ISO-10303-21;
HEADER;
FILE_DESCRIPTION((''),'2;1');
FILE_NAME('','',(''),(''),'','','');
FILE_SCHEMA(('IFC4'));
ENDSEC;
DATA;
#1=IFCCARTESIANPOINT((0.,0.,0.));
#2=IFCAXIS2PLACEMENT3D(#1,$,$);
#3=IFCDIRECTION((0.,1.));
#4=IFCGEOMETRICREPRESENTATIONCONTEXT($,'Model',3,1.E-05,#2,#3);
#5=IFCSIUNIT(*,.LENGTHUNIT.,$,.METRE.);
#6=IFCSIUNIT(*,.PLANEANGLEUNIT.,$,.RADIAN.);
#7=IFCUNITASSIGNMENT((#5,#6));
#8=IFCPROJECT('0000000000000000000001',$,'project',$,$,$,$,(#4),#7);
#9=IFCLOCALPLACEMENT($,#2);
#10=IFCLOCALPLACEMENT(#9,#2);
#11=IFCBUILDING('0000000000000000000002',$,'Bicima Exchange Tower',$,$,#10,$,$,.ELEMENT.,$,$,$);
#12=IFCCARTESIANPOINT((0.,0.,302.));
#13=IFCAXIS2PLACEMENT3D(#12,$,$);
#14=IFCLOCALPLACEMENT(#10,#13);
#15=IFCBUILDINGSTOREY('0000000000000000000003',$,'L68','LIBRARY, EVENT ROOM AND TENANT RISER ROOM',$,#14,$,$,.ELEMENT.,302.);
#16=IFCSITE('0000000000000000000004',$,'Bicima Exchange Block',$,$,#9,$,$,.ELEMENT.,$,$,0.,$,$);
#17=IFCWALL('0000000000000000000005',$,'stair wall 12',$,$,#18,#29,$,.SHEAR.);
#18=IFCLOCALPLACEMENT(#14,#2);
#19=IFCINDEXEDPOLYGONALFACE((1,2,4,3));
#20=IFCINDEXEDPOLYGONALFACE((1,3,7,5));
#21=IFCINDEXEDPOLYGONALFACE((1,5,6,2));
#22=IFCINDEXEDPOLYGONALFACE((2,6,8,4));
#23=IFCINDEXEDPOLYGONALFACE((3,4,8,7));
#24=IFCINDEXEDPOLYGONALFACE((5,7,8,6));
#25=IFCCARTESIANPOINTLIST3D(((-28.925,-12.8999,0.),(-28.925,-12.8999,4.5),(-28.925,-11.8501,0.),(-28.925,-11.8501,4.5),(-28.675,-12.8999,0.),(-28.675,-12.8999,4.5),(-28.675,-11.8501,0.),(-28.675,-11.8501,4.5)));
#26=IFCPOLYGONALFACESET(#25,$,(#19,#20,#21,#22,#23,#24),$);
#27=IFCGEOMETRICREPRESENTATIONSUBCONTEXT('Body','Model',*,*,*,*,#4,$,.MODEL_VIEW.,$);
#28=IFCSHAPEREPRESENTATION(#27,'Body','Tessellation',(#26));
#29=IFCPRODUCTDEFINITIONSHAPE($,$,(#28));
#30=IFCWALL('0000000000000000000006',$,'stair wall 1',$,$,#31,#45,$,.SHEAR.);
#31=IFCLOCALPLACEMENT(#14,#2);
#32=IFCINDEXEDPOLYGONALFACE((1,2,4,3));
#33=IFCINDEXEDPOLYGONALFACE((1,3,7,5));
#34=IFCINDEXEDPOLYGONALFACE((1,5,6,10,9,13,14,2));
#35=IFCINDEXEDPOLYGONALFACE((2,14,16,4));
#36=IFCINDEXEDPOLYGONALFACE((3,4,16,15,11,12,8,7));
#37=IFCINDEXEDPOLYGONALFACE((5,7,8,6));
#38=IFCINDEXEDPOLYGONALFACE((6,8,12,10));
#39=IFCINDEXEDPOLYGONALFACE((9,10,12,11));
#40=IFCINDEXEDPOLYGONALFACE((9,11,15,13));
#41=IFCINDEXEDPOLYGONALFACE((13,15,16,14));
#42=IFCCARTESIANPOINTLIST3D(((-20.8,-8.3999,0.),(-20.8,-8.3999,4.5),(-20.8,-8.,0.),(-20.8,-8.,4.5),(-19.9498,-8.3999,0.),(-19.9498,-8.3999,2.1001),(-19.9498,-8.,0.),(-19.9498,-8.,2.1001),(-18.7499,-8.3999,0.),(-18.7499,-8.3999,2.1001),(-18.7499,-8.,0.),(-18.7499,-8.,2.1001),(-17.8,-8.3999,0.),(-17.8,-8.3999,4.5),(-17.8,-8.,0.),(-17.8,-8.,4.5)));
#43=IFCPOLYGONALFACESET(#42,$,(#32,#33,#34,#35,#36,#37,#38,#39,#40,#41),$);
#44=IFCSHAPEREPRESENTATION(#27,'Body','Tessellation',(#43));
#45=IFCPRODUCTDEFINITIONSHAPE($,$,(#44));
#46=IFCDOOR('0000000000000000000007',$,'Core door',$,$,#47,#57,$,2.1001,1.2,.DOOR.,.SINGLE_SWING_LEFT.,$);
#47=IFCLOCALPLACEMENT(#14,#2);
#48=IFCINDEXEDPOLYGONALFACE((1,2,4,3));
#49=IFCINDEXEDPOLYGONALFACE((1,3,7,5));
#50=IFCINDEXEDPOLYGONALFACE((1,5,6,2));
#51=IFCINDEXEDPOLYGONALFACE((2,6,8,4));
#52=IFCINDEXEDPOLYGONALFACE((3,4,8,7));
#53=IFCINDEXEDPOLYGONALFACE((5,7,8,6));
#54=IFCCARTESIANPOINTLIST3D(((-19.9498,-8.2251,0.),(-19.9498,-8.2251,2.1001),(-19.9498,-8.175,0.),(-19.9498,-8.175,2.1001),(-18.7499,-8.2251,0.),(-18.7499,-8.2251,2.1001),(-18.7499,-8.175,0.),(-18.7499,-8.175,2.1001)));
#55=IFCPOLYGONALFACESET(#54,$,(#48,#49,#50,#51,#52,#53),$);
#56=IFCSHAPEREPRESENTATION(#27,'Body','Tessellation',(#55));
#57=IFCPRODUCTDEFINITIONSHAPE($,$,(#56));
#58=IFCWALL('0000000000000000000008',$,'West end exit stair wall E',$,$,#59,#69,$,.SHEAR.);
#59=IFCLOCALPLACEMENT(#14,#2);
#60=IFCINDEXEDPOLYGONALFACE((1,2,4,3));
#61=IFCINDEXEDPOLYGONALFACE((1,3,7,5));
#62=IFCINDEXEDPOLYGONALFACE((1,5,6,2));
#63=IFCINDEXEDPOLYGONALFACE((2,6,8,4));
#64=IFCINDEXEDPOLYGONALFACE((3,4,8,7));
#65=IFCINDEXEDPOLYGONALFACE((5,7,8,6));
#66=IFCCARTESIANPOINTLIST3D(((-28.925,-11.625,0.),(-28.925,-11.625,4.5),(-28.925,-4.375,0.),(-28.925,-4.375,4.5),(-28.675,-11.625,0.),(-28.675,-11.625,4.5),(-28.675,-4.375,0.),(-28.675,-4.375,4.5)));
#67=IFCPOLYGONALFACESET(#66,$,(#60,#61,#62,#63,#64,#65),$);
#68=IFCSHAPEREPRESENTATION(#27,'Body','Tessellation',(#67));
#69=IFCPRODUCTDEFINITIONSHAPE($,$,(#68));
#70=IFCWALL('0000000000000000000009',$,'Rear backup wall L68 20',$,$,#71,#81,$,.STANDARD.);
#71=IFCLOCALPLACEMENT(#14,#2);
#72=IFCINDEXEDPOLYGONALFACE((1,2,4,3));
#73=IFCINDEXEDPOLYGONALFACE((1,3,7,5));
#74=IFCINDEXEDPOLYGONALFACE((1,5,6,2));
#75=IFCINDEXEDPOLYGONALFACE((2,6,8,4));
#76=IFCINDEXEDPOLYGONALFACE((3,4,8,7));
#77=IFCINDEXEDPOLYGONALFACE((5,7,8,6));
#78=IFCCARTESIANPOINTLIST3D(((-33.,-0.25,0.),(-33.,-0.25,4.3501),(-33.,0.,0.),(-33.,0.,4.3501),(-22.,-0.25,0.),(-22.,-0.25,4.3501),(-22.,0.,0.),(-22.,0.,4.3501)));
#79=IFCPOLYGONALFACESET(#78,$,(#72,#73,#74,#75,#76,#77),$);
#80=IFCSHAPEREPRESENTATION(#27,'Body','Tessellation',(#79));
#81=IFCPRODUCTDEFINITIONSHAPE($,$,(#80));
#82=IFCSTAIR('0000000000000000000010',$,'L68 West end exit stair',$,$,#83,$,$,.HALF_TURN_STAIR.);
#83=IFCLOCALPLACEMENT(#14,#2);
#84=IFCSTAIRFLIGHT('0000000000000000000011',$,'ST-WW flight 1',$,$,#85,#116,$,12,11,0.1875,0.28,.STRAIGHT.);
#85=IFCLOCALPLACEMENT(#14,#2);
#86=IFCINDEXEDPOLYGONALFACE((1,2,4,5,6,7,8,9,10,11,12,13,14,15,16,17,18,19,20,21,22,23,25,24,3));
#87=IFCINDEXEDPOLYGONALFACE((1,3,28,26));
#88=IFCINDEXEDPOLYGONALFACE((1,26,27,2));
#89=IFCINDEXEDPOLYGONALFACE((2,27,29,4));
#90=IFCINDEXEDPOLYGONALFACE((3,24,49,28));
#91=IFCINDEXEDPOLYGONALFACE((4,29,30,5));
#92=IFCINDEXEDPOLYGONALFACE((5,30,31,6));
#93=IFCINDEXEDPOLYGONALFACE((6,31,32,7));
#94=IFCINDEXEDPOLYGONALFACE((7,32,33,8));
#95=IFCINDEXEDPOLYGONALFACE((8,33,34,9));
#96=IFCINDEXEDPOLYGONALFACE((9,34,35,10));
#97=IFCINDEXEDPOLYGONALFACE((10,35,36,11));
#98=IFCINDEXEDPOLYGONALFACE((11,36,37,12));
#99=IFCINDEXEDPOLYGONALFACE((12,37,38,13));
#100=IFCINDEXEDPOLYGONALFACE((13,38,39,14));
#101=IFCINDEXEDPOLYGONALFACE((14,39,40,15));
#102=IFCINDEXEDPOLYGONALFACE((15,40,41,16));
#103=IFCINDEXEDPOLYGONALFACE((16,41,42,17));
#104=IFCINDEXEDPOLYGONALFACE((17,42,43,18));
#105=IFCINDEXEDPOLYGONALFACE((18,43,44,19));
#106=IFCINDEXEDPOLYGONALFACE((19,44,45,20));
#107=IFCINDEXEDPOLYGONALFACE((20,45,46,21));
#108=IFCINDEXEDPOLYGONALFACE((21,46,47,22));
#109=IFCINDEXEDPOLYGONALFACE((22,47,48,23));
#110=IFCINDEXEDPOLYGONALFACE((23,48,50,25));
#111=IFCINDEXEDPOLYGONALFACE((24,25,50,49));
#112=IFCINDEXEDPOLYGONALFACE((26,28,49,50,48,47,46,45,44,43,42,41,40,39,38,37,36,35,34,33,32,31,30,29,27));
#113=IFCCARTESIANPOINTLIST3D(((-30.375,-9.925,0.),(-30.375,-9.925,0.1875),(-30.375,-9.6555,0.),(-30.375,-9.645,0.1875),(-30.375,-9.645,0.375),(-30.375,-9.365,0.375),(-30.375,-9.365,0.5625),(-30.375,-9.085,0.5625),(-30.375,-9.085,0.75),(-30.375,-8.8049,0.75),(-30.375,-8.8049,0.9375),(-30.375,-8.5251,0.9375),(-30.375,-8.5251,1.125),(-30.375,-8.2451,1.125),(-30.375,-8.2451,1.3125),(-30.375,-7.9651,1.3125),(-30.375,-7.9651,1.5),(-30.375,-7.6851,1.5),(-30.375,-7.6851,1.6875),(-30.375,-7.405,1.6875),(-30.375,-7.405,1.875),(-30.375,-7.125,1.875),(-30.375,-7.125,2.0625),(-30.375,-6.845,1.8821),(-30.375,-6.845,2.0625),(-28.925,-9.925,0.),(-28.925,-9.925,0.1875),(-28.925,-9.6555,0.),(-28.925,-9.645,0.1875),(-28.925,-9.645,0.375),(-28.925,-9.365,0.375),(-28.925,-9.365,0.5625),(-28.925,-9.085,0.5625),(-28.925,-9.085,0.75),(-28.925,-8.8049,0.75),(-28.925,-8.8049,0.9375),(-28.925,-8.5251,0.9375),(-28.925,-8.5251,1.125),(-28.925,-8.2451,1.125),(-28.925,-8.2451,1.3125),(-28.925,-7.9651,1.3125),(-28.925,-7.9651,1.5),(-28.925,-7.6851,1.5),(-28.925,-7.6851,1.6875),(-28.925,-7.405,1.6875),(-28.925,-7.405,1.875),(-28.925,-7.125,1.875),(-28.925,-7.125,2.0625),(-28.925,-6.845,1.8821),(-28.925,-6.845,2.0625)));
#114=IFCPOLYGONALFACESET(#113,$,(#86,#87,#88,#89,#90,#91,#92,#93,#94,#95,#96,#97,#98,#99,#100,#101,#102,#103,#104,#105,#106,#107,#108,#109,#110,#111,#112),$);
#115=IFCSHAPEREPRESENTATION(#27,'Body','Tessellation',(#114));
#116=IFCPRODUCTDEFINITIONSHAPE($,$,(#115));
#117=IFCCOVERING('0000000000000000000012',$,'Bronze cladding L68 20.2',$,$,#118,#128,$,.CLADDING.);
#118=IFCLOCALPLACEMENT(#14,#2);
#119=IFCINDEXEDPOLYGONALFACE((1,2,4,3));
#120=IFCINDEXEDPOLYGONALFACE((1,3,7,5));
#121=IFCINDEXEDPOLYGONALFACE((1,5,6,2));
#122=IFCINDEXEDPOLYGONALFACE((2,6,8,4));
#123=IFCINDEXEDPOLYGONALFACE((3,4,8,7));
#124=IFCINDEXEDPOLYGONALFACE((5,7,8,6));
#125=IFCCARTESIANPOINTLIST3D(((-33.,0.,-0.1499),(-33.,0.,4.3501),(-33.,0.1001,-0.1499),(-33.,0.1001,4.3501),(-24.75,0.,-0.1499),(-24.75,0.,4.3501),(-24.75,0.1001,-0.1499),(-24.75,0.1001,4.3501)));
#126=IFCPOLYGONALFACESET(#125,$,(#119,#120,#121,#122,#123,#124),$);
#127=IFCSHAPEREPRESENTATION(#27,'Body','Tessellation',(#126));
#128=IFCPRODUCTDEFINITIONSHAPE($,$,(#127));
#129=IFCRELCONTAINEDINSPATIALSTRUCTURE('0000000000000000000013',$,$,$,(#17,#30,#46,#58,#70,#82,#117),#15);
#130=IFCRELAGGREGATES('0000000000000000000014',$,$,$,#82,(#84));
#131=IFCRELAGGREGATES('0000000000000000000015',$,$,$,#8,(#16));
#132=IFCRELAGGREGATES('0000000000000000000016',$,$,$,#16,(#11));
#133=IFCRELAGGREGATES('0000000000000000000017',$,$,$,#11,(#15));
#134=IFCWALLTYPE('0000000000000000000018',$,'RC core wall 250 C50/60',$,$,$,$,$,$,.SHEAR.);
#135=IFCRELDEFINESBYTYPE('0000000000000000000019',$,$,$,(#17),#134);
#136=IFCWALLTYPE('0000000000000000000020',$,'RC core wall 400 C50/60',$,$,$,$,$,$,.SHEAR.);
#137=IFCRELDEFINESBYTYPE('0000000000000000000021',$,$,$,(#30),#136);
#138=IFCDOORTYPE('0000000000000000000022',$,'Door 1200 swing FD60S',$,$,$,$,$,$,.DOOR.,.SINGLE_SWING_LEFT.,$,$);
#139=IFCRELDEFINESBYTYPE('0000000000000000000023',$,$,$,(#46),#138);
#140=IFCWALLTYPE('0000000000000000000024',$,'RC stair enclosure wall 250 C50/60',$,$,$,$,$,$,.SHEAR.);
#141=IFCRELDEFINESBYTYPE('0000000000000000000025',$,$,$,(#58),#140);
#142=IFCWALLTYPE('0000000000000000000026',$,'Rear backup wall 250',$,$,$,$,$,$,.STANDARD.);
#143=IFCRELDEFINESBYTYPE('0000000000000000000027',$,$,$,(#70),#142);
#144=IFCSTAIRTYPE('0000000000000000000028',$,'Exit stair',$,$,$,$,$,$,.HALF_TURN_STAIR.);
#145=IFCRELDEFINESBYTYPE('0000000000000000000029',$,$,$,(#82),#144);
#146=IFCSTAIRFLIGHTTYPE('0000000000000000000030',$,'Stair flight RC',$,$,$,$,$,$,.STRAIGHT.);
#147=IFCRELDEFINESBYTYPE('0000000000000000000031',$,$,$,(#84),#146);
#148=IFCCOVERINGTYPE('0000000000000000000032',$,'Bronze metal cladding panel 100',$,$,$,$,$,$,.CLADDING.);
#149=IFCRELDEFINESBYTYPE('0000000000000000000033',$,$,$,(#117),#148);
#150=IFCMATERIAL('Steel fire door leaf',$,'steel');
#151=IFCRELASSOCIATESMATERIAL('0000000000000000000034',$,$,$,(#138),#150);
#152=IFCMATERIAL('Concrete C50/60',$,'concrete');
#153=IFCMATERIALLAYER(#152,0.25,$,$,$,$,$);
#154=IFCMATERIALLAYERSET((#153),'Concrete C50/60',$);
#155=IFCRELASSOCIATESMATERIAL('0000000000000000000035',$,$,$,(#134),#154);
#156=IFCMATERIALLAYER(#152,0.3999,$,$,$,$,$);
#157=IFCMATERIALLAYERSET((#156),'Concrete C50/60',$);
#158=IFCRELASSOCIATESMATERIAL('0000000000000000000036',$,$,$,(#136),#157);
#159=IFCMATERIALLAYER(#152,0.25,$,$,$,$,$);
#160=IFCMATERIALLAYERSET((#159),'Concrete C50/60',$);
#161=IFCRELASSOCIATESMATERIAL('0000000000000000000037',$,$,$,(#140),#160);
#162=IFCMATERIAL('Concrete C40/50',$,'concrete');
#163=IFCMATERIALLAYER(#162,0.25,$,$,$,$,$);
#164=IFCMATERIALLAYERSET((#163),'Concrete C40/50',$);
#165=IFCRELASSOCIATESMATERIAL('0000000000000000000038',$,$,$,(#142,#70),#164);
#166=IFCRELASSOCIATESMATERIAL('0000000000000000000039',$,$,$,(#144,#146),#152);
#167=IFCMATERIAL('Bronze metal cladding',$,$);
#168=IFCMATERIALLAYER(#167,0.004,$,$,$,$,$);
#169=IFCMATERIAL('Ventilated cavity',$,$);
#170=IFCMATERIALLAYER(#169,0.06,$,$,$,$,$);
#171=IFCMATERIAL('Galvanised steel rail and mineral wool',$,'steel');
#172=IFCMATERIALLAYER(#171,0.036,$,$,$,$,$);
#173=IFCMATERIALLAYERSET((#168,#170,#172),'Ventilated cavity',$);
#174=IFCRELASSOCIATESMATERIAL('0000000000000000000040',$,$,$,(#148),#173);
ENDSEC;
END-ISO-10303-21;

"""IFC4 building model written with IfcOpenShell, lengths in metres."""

from ifc_helpers import new_model, si_unit, direction, frame, frame_2d, origin, origin_2d, place, context, subcontext, project, spatial, polyline, rectangle, outline, extrude, material, layer, layer_set, layer_usage, type_object, element, fill, aggregate, save


model = new_model("IFC4")

# Units and contexts
model_context = context("Model", 3, precision=1e-05, world=origin(), true_north=direction((0.0, 1.0)))
body_context = subcontext(model_context, "Body", "Model", "MODEL_VIEW")
ifc_project = project(units=[si_unit("LENGTHUNIT", "METRE"), si_unit("PLANEANGLEUNIT", "RADIAN")], contexts=[model_context])

# Site, building, storey
site_placement = place(None, origin())
site = spatial("IfcSite", under=ifc_project, at=site_placement, Name="Bicima Exchange Block", CompositionType="ELEMENT", RefElevation=0.0)
building_placement = place(site_placement, origin())
building = spatial("IfcBuilding", under=site, at=building_placement, Name="Bicima Exchange Tower", CompositionType="ELEMENT")
storey_placement = place(building_placement, frame((0.0, 0.0, 302.0)))
storey = spatial("IfcBuildingStorey", under=building, at=storey_placement, Name="L68", Description="LIBRARY, EVENT ROOM AND TENANT RISER ROOM", CompositionType="ELEMENT", Elevation=302.0)

# Shared definitions
ifc_material_1 = material(Name="Concrete C40/50", Category="concrete")
ifc_material_2 = material(Name="Steel fire door leaf", Category="steel")
door_type_1 = type_object("IfcDoorType", Name="Door 1200 swing FD60S", OperationType="SINGLE_SWING_LEFT", PredefinedType="DOOR", material=ifc_material_2)

# Wall
ifc_material_3 = material(Name="Concrete C50/60", Category="concrete")
ifc_layer_1 = layer(ifc_material_3, 0.25)
ifc_layer_set_1 = layer_set([ifc_layer_1], Name="Concrete C50/60")
wall_type_1 = type_object("IfcWallType", Name="RC core wall 250 C50/60", PredefinedType="SHEAR", material=ifc_layer_set_1)
wall_1_placement = place(storey_placement, frame((-28.8, -12.8999, 0.0), z_axis=(0.0, 0.0, 1.0), x_axis=(0.0, 1.0, 0.0)))
element("IfcWall", 1, at=wall_1_placement, inside=storey, type_object=wall_type_1, Name="stair wall 12", PredefinedType="SHEAR", context=body_context, shape_type="SweptSolid", body=[
    extrude(rectangle(XDim=1.0498, YDim=0.25, at=frame_2d((0.5249, 0.0))), origin(), (0.0, 0.0, 1.0), 4.5),
])

# Wall, opening, door
ifc_layer_2 = layer(ifc_material_3, 0.3999)
ifc_layer_set_2 = layer_set([ifc_layer_2], Name="Concrete C50/60")
wall_type_2 = type_object("IfcWallType", Name="RC core wall 400 C50/60", PredefinedType="SHEAR", material=ifc_layer_set_2)
wall_2_placement = place(storey_placement, frame((-20.8, -8.2, 0.0), z_axis=(0.0, 0.0, 1.0), x_axis=(1.0, 0.0, 0.0)))
wall_2 = element("IfcWall", 2, at=wall_2_placement, inside=storey, type_object=wall_type_2, Name="stair wall 1", PredefinedType="SHEAR", context=body_context, shape_type="SweptSolid", body=[
    extrude(rectangle(XDim=3.0, YDim=0.3999, at=frame_2d((1.5, 0.0))), origin(), (0.0, 0.0, 1.0), 4.5),
])
opening_1_placement = place(wall_2_placement, frame((0.8501, 0.0, 0.0)))
opening_1 = element("IfcOpeningElement", 3, at=opening_1_placement, cuts=wall_2, PredefinedType="OPENING", context=body_context, shape_type="SweptSolid", body=[
    extrude(rectangle(XDim=1.2, YDim=2.1001, at=frame_2d((0.6001, 1.05))), frame((0.0, 0.2119, 0.0), z_axis=(0.0, -1.0, 0.0), x_axis=(1.0, 0.0, 0.0)), (0.0, 0.0, 1.0), 0.4238),
])
door_1_placement = place(opening_1_placement, origin())
door_1 = element("IfcDoor", 4, at=door_1_placement, inside=storey, type_object=door_type_1, Name="Core door", OperationType="SINGLE_SWING_LEFT", OverallHeight=2.1001, OverallWidth=1.2, PredefinedType="DOOR", context=body_context, shape_type="SweptSolid", body=[
    extrude(rectangle(XDim=1.2, YDim=2.1001, at=frame_2d((0.6001, 1.05))), frame((0.0, 0.0249, 0.0), z_axis=(0.0, -1.0, 0.0), x_axis=(1.0, 0.0, 0.0)), (0.0, 0.0, 1.0), 0.05),
])
fill(opening_1, door_1)

# Walls
ifc_layer_3 = layer(ifc_material_3, 0.25)
ifc_layer_set_3 = layer_set([ifc_layer_3], Name="Concrete C50/60")
wall_type_3 = type_object("IfcWallType", Name="RC stair enclosure wall 250 C50/60", PredefinedType="SHEAR", material=ifc_layer_set_3)
wall_3_placement = place(storey_placement, frame((-28.8, -11.625, 0.0), z_axis=(0.0, 0.0, 1.0), x_axis=(0.0, 1.0, 0.0)))
element("IfcWall", 5, at=wall_3_placement, inside=storey, type_object=wall_type_3, Name="West end exit stair wall E", PredefinedType="SHEAR", context=body_context, shape_type="SweptSolid", body=[
    extrude(rectangle(XDim=7.25, YDim=0.25, at=frame_2d((3.625, 0.0))), origin(), (0.0, 0.0, 1.0), 4.5),
])
ifc_layer_4 = layer(ifc_material_1, 0.25)
ifc_layer_set_4 = layer_set([ifc_layer_4], Name="Concrete C40/50")
ifc_layer_usage = layer_usage(ifc_layer_set_4, "AXIS2", "POSITIVE", -0.125)
wall_type_4 = type_object("IfcWallType", Name="Rear backup wall 250", PredefinedType="STANDARD", material=ifc_layer_set_4)
wall_4_placement = place(storey_placement, frame((-22.0, -0.125, 0.0), z_axis=(0.0, 0.0, 1.0), x_axis=(-1.0, 0.0, 0.0)))
element("IfcWall", 6, at=wall_4_placement, inside=storey, type_object=wall_type_4, material=ifc_layer_usage, Name="Rear backup wall L68 20", PredefinedType="STANDARD", context=body_context, shape_type="SweptSolid", body=[
    extrude(rectangle(XDim=11.0, YDim=0.25, at=frame_2d((5.5, 0.0))), origin(), (0.0, 0.0, 1.0), 4.3501),
])

# Stair, stair flight
stair_type = type_object("IfcStairType", Name="Exit stair", PredefinedType="HALF_TURN_STAIR", material=ifc_material_3)
stair_placement = place(storey_placement, origin())
stair = element("IfcStair", 7, at=stair_placement, inside=storey, type_object=stair_type, Name="L68 West end exit stair", PredefinedType="HALF_TURN_STAIR")
stair_flight_type = type_object("IfcStairFlightType", Name="Stair flight RC", PredefinedType="STRAIGHT", material=ifc_material_3)
stair_flight_placement = place(storey_placement, frame((-29.6499, -9.925, 0.0), z_axis=(0.0, 0.0, 1.0), x_axis=(0.0, 1.0, 0.0)))
stair_flight = element("IfcStairFlight", 8, at=stair_flight_placement, type_object=stair_flight_type, Name="ST-WW flight 1", NumberOfRisers=12, NumberOfTreads=11, PredefinedType="STRAIGHT", RiserHeight=0.1875, TreadLength=0.28, context=body_context, shape_type="SweptSolid", body=[
    extrude(outline(polyline([(0.0, 0.0), (0.0, 0.1875), (0.28, 0.1875), (0.28, 0.375), (0.5601, 0.375), (0.5601, 0.5625), (0.8401, 0.5625), (0.8401, 0.75), (1.1201, 0.75), (1.1201, 0.9375), (1.3999, 0.9375), (1.3999, 1.125), (1.6799, 1.125), (1.6799, 1.3125), (1.96, 1.3125), (1.96, 1.5), (2.24, 1.5), (2.24, 1.6875), (2.52, 1.6875), (2.52, 1.875), (2.8, 1.875), (2.8, 2.0625), (3.0801, 2.0625), (3.0801, 2.25), (3.0801, 1.8821), (0.2695, 0.0), (0.0, 0.0)])), frame((0.0, 0.7251, 0.0), z_axis=(0.0, -1.0, 0.0), x_axis=(1.0, 0.0, 0.0)), (0.0, 0.0, 1.0), 1.45),
])
aggregate(stair, [stair_flight])

# Covering
ifc_material_4 = material(Name="Bronze metal cladding")
ifc_layer_5 = layer(ifc_material_4, 0.004)
ifc_material_5 = material(Name="Ventilated cavity")
ifc_layer_6 = layer(ifc_material_5, 0.06)
ifc_material_6 = material(Name="Galvanised steel rail and mineral wool", Category="steel")
ifc_layer_7 = layer(ifc_material_6, 0.036)
ifc_layer_set_5 = layer_set([ifc_layer_5, ifc_layer_6, ifc_layer_7], Name="Ventilated cavity")
covering_type = type_object("IfcCoveringType", Name="Bronze metal cladding panel 100", PredefinedType="CLADDING", material=ifc_layer_set_5)
covering_placement = place(storey_placement, frame((-28.875, 0.05, -0.1499), z_axis=(0.0, 0.0, 1.0), x_axis=(-1.0, 0.0, 0.0)))
element("IfcCovering", 9, at=covering_placement, inside=storey, type_object=covering_type, Name="Bronze cladding L68 20.2", PredefinedType="CLADDING", context=body_context, shape_type="SweptSolid", body=[
    extrude(rectangle(XDim=8.25, YDim=0.1001, at=origin_2d()), origin(), (0.0, 0.0, 1.0), 4.5),
])

save(model, "model.ifc")
